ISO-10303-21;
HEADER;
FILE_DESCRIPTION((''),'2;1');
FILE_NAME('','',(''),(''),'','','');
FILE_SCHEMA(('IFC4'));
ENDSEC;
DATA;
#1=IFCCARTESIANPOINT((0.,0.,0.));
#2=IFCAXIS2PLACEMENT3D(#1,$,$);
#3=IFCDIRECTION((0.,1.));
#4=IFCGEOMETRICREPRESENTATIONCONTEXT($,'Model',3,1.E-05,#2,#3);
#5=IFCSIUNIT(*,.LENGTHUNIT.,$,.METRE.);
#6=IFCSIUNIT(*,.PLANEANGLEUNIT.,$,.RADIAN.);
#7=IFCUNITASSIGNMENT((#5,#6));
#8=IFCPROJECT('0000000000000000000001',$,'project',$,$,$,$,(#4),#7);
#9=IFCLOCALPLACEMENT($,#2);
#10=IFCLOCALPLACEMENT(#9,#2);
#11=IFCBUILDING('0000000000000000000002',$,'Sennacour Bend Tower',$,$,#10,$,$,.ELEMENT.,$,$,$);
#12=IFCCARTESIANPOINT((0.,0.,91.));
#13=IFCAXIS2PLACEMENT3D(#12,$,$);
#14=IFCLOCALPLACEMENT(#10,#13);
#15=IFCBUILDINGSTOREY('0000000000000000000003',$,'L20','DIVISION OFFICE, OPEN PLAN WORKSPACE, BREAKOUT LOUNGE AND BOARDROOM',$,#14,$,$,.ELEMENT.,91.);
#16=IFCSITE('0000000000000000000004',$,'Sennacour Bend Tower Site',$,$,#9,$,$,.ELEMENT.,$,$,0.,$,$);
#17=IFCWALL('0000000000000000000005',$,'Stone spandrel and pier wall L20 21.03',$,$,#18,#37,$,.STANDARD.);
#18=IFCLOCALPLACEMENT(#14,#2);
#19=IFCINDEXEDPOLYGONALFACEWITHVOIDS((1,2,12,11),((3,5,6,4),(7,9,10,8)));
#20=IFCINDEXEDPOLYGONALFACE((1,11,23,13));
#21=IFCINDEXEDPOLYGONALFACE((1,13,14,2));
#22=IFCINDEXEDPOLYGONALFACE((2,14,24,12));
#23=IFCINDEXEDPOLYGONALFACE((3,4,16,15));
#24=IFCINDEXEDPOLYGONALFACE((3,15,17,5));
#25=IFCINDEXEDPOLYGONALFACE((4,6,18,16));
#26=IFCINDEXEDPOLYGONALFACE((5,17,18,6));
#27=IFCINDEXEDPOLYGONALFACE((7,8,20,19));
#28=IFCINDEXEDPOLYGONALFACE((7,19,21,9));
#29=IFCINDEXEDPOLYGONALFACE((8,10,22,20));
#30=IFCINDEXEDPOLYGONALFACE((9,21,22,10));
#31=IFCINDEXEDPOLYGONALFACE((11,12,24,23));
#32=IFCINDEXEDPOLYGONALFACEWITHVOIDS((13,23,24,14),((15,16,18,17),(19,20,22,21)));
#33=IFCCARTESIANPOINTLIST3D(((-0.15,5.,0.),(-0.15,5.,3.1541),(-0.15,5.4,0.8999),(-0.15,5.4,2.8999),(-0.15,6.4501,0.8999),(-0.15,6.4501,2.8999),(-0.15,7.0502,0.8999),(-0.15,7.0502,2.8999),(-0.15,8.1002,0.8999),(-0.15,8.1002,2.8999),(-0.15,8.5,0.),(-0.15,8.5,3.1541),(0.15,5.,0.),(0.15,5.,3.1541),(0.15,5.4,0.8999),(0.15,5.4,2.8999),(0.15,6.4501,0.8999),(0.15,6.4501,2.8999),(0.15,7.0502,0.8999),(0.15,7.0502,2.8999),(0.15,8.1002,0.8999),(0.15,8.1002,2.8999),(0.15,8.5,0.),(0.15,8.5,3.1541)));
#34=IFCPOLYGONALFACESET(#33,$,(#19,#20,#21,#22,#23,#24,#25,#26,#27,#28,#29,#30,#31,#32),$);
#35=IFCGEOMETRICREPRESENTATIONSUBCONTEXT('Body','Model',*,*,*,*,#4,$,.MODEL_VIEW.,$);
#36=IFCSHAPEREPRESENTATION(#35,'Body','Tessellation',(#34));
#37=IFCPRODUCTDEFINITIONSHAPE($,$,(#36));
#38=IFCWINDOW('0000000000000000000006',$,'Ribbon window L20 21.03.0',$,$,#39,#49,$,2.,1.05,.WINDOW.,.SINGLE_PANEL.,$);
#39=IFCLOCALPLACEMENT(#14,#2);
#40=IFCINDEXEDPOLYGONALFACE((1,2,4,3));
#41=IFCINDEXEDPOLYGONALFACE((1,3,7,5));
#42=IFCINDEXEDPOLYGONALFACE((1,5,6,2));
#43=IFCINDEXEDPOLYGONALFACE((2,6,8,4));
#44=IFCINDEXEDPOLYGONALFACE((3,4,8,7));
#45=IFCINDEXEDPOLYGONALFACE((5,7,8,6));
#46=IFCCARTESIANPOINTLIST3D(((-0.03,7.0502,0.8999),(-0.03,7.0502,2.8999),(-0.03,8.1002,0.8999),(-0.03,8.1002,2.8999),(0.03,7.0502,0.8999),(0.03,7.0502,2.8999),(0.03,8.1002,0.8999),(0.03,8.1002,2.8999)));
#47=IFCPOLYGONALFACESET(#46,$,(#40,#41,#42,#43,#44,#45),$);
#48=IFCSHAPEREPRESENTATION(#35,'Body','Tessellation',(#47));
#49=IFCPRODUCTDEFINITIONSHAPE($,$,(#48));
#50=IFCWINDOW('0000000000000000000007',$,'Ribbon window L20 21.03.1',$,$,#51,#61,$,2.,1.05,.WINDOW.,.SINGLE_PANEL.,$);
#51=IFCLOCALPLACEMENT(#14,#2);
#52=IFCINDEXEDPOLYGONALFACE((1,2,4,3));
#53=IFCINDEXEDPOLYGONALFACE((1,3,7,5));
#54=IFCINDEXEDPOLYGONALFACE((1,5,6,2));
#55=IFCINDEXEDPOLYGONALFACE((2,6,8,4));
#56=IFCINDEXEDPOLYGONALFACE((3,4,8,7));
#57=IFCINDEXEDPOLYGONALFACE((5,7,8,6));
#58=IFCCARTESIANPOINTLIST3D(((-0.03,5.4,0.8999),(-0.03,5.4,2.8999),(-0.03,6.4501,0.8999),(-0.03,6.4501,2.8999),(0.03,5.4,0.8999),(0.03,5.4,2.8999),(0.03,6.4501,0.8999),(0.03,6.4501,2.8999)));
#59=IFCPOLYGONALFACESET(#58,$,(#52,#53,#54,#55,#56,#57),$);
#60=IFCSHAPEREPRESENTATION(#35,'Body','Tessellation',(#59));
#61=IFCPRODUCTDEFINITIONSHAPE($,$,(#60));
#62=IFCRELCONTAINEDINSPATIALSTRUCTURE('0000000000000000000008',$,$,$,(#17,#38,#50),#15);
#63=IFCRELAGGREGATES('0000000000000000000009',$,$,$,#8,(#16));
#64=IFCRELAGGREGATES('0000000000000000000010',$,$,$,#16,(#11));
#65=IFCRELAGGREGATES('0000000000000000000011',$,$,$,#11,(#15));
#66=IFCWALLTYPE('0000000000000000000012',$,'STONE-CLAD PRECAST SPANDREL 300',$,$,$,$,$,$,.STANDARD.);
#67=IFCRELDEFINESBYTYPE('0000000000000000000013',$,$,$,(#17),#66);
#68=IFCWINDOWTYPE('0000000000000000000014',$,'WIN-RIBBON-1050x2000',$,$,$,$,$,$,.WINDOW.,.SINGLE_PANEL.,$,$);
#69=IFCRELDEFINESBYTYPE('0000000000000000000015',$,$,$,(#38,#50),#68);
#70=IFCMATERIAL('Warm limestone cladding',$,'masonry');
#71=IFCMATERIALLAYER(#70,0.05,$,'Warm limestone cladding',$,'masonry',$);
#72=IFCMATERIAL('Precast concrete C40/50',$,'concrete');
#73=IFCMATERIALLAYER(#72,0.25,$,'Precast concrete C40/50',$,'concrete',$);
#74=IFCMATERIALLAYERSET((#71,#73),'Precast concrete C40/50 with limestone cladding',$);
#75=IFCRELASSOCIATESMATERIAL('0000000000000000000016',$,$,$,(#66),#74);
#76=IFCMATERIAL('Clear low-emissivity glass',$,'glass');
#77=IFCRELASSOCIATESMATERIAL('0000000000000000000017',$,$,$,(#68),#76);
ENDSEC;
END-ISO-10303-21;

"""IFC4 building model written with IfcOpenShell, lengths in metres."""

from ifc_helpers import new_model, si_unit, direction, frame, frame_2d, origin, place, context, subcontext, project, spatial, rectangle, extrude, material, layer, layer_set, type_object, element, fill, save


model = new_model("IFC4")

# Units and contexts
model_context = context("Model", 3, precision=1e-05, world=origin(), true_north=direction((0.0, 1.0)))
body_context = subcontext(model_context, "Body", "Model", "MODEL_VIEW")
ifc_project = project(units=[si_unit("LENGTHUNIT", "METRE"), si_unit("PLANEANGLEUNIT", "RADIAN")], contexts=[model_context])

# Site, building, storey
site_placement = place(None, origin())
site = spatial("IfcSite", under=ifc_project, at=site_placement, Name="Sennacour Bend Tower Site", CompositionType="ELEMENT", RefElevation=0.0)
building_placement = place(site_placement, origin())
building = spatial("IfcBuilding", under=site, at=building_placement, Name="Sennacour Bend Tower", CompositionType="ELEMENT")
storey_placement = place(building_placement, frame((0.0, 0.0, 91.0)))
storey = spatial("IfcBuildingStorey", under=building, at=storey_placement, Name="L20", Description="DIVISION OFFICE, OPEN PLAN WORKSPACE, BREAKOUT LOUNGE AND BOARDROOM", CompositionType="ELEMENT", Elevation=91.0)

# Wall, openings, windows
ifc_material_1 = material(Name="Warm limestone cladding", Category="masonry")
ifc_layer_1 = layer(ifc_material_1, 0.05, Name="Warm limestone cladding", Category="masonry")
ifc_material_2 = material(Name="Precast concrete C40/50", Category="concrete")
ifc_layer_2 = layer(ifc_material_2, 0.25, Name="Precast concrete C40/50", Category="concrete")
ifc_layer_set = layer_set([ifc_layer_1, ifc_layer_2], Name="Precast concrete C40/50 with limestone cladding")
wall_type = type_object("IfcWallType", Name="STONE-CLAD PRECAST SPANDREL 300", PredefinedType="STANDARD", material=ifc_layer_set)
ifc_material_3 = material(Name="Clear low-emissivity glass", Category="glass")
window_type = type_object("IfcWindowType", Name="WIN-RIBBON-1050x2000", PartitioningType="SINGLE_PANEL", PredefinedType="WINDOW", material=ifc_material_3)
wall_1_placement = place(storey_placement, frame((0.0, 8.5, 0.0), z_axis=(0.0, 0.0, 1.0), x_axis=(0.0, -1.0, 0.0)))
wall_1 = element("IfcWall", 1, at=wall_1_placement, inside=storey, type_object=wall_type, Name="Stone spandrel and pier wall L20 21.03", PredefinedType="STANDARD", context=body_context, shape_type="SweptSolid", body=[
    extrude(rectangle(XDim=3.5, YDim=0.3, at=frame_2d((1.75, 0.0))), origin(), (0.0, 0.0, 1.0), 3.1541),
])
opening_1_placement = place(wall_1_placement, frame((0.3999, 0.0, 0.8999)))
opening_1 = element("IfcOpeningElement", 2, at=opening_1_placement, cuts=wall_1, PredefinedType="OPENING", context=body_context, shape_type="SweptSolid", body=[
    extrude(rectangle(XDim=1.05, YDim=2.0, at=frame_2d((0.5249, 1.0))), frame((0.0, 0.1602, 0.0), z_axis=(0.0, -1.0, 0.0), x_axis=(1.0, 0.0, 0.0)), (0.0, 0.0, 1.0), 0.3201),
])
opening_2_placement = place(wall_1_placement, frame((2.05, 0.0, 0.8999)))
opening_2 = element("IfcOpeningElement", 3, at=opening_2_placement, cuts=wall_1, PredefinedType="OPENING", context=body_context, shape_type="SweptSolid", body=[
    extrude(rectangle(XDim=1.05, YDim=2.0, at=frame_2d((0.5249, 1.0))), frame((0.0, 0.1602, 0.0), z_axis=(0.0, -1.0, 0.0), x_axis=(1.0, 0.0, 0.0)), (0.0, 0.0, 1.0), 0.3201),
])
window_1_placement = place(opening_1_placement, origin())
window_1 = element("IfcWindow", 4, at=window_1_placement, inside=storey, type_object=window_type, Name="Ribbon window L20 21.03.0", OverallHeight=2.0, OverallWidth=1.05, PartitioningType="SINGLE_PANEL", PredefinedType="WINDOW", context=body_context, shape_type="SweptSolid", body=[
    extrude(rectangle(XDim=1.05, YDim=2.0, at=frame_2d((0.5249, 1.0))), frame((0.0, 0.03, 0.0), z_axis=(0.0, -1.0, 0.0), x_axis=(1.0, 0.0, 0.0)), (0.0, 0.0, 1.0), 0.0601),
])
fill(opening_1, window_1)
window_2_placement = place(opening_2_placement, origin())
window_2 = element("IfcWindow", 5, at=window_2_placement, inside=storey, type_object=window_type, Name="Ribbon window L20 21.03.1", OverallHeight=2.0, OverallWidth=1.05, PartitioningType="SINGLE_PANEL", PredefinedType="WINDOW", context=body_context, shape_type="SweptSolid", body=[
    extrude(rectangle(XDim=1.05, YDim=2.0, at=frame_2d((0.5249, 1.0))), frame((0.0, 0.03, 0.0), z_axis=(0.0, -1.0, 0.0), x_axis=(1.0, 0.0, 0.0)), (0.0, 0.0, 1.0), 0.0601),
])
fill(opening_2, window_2)

save(model, "model.ifc")
